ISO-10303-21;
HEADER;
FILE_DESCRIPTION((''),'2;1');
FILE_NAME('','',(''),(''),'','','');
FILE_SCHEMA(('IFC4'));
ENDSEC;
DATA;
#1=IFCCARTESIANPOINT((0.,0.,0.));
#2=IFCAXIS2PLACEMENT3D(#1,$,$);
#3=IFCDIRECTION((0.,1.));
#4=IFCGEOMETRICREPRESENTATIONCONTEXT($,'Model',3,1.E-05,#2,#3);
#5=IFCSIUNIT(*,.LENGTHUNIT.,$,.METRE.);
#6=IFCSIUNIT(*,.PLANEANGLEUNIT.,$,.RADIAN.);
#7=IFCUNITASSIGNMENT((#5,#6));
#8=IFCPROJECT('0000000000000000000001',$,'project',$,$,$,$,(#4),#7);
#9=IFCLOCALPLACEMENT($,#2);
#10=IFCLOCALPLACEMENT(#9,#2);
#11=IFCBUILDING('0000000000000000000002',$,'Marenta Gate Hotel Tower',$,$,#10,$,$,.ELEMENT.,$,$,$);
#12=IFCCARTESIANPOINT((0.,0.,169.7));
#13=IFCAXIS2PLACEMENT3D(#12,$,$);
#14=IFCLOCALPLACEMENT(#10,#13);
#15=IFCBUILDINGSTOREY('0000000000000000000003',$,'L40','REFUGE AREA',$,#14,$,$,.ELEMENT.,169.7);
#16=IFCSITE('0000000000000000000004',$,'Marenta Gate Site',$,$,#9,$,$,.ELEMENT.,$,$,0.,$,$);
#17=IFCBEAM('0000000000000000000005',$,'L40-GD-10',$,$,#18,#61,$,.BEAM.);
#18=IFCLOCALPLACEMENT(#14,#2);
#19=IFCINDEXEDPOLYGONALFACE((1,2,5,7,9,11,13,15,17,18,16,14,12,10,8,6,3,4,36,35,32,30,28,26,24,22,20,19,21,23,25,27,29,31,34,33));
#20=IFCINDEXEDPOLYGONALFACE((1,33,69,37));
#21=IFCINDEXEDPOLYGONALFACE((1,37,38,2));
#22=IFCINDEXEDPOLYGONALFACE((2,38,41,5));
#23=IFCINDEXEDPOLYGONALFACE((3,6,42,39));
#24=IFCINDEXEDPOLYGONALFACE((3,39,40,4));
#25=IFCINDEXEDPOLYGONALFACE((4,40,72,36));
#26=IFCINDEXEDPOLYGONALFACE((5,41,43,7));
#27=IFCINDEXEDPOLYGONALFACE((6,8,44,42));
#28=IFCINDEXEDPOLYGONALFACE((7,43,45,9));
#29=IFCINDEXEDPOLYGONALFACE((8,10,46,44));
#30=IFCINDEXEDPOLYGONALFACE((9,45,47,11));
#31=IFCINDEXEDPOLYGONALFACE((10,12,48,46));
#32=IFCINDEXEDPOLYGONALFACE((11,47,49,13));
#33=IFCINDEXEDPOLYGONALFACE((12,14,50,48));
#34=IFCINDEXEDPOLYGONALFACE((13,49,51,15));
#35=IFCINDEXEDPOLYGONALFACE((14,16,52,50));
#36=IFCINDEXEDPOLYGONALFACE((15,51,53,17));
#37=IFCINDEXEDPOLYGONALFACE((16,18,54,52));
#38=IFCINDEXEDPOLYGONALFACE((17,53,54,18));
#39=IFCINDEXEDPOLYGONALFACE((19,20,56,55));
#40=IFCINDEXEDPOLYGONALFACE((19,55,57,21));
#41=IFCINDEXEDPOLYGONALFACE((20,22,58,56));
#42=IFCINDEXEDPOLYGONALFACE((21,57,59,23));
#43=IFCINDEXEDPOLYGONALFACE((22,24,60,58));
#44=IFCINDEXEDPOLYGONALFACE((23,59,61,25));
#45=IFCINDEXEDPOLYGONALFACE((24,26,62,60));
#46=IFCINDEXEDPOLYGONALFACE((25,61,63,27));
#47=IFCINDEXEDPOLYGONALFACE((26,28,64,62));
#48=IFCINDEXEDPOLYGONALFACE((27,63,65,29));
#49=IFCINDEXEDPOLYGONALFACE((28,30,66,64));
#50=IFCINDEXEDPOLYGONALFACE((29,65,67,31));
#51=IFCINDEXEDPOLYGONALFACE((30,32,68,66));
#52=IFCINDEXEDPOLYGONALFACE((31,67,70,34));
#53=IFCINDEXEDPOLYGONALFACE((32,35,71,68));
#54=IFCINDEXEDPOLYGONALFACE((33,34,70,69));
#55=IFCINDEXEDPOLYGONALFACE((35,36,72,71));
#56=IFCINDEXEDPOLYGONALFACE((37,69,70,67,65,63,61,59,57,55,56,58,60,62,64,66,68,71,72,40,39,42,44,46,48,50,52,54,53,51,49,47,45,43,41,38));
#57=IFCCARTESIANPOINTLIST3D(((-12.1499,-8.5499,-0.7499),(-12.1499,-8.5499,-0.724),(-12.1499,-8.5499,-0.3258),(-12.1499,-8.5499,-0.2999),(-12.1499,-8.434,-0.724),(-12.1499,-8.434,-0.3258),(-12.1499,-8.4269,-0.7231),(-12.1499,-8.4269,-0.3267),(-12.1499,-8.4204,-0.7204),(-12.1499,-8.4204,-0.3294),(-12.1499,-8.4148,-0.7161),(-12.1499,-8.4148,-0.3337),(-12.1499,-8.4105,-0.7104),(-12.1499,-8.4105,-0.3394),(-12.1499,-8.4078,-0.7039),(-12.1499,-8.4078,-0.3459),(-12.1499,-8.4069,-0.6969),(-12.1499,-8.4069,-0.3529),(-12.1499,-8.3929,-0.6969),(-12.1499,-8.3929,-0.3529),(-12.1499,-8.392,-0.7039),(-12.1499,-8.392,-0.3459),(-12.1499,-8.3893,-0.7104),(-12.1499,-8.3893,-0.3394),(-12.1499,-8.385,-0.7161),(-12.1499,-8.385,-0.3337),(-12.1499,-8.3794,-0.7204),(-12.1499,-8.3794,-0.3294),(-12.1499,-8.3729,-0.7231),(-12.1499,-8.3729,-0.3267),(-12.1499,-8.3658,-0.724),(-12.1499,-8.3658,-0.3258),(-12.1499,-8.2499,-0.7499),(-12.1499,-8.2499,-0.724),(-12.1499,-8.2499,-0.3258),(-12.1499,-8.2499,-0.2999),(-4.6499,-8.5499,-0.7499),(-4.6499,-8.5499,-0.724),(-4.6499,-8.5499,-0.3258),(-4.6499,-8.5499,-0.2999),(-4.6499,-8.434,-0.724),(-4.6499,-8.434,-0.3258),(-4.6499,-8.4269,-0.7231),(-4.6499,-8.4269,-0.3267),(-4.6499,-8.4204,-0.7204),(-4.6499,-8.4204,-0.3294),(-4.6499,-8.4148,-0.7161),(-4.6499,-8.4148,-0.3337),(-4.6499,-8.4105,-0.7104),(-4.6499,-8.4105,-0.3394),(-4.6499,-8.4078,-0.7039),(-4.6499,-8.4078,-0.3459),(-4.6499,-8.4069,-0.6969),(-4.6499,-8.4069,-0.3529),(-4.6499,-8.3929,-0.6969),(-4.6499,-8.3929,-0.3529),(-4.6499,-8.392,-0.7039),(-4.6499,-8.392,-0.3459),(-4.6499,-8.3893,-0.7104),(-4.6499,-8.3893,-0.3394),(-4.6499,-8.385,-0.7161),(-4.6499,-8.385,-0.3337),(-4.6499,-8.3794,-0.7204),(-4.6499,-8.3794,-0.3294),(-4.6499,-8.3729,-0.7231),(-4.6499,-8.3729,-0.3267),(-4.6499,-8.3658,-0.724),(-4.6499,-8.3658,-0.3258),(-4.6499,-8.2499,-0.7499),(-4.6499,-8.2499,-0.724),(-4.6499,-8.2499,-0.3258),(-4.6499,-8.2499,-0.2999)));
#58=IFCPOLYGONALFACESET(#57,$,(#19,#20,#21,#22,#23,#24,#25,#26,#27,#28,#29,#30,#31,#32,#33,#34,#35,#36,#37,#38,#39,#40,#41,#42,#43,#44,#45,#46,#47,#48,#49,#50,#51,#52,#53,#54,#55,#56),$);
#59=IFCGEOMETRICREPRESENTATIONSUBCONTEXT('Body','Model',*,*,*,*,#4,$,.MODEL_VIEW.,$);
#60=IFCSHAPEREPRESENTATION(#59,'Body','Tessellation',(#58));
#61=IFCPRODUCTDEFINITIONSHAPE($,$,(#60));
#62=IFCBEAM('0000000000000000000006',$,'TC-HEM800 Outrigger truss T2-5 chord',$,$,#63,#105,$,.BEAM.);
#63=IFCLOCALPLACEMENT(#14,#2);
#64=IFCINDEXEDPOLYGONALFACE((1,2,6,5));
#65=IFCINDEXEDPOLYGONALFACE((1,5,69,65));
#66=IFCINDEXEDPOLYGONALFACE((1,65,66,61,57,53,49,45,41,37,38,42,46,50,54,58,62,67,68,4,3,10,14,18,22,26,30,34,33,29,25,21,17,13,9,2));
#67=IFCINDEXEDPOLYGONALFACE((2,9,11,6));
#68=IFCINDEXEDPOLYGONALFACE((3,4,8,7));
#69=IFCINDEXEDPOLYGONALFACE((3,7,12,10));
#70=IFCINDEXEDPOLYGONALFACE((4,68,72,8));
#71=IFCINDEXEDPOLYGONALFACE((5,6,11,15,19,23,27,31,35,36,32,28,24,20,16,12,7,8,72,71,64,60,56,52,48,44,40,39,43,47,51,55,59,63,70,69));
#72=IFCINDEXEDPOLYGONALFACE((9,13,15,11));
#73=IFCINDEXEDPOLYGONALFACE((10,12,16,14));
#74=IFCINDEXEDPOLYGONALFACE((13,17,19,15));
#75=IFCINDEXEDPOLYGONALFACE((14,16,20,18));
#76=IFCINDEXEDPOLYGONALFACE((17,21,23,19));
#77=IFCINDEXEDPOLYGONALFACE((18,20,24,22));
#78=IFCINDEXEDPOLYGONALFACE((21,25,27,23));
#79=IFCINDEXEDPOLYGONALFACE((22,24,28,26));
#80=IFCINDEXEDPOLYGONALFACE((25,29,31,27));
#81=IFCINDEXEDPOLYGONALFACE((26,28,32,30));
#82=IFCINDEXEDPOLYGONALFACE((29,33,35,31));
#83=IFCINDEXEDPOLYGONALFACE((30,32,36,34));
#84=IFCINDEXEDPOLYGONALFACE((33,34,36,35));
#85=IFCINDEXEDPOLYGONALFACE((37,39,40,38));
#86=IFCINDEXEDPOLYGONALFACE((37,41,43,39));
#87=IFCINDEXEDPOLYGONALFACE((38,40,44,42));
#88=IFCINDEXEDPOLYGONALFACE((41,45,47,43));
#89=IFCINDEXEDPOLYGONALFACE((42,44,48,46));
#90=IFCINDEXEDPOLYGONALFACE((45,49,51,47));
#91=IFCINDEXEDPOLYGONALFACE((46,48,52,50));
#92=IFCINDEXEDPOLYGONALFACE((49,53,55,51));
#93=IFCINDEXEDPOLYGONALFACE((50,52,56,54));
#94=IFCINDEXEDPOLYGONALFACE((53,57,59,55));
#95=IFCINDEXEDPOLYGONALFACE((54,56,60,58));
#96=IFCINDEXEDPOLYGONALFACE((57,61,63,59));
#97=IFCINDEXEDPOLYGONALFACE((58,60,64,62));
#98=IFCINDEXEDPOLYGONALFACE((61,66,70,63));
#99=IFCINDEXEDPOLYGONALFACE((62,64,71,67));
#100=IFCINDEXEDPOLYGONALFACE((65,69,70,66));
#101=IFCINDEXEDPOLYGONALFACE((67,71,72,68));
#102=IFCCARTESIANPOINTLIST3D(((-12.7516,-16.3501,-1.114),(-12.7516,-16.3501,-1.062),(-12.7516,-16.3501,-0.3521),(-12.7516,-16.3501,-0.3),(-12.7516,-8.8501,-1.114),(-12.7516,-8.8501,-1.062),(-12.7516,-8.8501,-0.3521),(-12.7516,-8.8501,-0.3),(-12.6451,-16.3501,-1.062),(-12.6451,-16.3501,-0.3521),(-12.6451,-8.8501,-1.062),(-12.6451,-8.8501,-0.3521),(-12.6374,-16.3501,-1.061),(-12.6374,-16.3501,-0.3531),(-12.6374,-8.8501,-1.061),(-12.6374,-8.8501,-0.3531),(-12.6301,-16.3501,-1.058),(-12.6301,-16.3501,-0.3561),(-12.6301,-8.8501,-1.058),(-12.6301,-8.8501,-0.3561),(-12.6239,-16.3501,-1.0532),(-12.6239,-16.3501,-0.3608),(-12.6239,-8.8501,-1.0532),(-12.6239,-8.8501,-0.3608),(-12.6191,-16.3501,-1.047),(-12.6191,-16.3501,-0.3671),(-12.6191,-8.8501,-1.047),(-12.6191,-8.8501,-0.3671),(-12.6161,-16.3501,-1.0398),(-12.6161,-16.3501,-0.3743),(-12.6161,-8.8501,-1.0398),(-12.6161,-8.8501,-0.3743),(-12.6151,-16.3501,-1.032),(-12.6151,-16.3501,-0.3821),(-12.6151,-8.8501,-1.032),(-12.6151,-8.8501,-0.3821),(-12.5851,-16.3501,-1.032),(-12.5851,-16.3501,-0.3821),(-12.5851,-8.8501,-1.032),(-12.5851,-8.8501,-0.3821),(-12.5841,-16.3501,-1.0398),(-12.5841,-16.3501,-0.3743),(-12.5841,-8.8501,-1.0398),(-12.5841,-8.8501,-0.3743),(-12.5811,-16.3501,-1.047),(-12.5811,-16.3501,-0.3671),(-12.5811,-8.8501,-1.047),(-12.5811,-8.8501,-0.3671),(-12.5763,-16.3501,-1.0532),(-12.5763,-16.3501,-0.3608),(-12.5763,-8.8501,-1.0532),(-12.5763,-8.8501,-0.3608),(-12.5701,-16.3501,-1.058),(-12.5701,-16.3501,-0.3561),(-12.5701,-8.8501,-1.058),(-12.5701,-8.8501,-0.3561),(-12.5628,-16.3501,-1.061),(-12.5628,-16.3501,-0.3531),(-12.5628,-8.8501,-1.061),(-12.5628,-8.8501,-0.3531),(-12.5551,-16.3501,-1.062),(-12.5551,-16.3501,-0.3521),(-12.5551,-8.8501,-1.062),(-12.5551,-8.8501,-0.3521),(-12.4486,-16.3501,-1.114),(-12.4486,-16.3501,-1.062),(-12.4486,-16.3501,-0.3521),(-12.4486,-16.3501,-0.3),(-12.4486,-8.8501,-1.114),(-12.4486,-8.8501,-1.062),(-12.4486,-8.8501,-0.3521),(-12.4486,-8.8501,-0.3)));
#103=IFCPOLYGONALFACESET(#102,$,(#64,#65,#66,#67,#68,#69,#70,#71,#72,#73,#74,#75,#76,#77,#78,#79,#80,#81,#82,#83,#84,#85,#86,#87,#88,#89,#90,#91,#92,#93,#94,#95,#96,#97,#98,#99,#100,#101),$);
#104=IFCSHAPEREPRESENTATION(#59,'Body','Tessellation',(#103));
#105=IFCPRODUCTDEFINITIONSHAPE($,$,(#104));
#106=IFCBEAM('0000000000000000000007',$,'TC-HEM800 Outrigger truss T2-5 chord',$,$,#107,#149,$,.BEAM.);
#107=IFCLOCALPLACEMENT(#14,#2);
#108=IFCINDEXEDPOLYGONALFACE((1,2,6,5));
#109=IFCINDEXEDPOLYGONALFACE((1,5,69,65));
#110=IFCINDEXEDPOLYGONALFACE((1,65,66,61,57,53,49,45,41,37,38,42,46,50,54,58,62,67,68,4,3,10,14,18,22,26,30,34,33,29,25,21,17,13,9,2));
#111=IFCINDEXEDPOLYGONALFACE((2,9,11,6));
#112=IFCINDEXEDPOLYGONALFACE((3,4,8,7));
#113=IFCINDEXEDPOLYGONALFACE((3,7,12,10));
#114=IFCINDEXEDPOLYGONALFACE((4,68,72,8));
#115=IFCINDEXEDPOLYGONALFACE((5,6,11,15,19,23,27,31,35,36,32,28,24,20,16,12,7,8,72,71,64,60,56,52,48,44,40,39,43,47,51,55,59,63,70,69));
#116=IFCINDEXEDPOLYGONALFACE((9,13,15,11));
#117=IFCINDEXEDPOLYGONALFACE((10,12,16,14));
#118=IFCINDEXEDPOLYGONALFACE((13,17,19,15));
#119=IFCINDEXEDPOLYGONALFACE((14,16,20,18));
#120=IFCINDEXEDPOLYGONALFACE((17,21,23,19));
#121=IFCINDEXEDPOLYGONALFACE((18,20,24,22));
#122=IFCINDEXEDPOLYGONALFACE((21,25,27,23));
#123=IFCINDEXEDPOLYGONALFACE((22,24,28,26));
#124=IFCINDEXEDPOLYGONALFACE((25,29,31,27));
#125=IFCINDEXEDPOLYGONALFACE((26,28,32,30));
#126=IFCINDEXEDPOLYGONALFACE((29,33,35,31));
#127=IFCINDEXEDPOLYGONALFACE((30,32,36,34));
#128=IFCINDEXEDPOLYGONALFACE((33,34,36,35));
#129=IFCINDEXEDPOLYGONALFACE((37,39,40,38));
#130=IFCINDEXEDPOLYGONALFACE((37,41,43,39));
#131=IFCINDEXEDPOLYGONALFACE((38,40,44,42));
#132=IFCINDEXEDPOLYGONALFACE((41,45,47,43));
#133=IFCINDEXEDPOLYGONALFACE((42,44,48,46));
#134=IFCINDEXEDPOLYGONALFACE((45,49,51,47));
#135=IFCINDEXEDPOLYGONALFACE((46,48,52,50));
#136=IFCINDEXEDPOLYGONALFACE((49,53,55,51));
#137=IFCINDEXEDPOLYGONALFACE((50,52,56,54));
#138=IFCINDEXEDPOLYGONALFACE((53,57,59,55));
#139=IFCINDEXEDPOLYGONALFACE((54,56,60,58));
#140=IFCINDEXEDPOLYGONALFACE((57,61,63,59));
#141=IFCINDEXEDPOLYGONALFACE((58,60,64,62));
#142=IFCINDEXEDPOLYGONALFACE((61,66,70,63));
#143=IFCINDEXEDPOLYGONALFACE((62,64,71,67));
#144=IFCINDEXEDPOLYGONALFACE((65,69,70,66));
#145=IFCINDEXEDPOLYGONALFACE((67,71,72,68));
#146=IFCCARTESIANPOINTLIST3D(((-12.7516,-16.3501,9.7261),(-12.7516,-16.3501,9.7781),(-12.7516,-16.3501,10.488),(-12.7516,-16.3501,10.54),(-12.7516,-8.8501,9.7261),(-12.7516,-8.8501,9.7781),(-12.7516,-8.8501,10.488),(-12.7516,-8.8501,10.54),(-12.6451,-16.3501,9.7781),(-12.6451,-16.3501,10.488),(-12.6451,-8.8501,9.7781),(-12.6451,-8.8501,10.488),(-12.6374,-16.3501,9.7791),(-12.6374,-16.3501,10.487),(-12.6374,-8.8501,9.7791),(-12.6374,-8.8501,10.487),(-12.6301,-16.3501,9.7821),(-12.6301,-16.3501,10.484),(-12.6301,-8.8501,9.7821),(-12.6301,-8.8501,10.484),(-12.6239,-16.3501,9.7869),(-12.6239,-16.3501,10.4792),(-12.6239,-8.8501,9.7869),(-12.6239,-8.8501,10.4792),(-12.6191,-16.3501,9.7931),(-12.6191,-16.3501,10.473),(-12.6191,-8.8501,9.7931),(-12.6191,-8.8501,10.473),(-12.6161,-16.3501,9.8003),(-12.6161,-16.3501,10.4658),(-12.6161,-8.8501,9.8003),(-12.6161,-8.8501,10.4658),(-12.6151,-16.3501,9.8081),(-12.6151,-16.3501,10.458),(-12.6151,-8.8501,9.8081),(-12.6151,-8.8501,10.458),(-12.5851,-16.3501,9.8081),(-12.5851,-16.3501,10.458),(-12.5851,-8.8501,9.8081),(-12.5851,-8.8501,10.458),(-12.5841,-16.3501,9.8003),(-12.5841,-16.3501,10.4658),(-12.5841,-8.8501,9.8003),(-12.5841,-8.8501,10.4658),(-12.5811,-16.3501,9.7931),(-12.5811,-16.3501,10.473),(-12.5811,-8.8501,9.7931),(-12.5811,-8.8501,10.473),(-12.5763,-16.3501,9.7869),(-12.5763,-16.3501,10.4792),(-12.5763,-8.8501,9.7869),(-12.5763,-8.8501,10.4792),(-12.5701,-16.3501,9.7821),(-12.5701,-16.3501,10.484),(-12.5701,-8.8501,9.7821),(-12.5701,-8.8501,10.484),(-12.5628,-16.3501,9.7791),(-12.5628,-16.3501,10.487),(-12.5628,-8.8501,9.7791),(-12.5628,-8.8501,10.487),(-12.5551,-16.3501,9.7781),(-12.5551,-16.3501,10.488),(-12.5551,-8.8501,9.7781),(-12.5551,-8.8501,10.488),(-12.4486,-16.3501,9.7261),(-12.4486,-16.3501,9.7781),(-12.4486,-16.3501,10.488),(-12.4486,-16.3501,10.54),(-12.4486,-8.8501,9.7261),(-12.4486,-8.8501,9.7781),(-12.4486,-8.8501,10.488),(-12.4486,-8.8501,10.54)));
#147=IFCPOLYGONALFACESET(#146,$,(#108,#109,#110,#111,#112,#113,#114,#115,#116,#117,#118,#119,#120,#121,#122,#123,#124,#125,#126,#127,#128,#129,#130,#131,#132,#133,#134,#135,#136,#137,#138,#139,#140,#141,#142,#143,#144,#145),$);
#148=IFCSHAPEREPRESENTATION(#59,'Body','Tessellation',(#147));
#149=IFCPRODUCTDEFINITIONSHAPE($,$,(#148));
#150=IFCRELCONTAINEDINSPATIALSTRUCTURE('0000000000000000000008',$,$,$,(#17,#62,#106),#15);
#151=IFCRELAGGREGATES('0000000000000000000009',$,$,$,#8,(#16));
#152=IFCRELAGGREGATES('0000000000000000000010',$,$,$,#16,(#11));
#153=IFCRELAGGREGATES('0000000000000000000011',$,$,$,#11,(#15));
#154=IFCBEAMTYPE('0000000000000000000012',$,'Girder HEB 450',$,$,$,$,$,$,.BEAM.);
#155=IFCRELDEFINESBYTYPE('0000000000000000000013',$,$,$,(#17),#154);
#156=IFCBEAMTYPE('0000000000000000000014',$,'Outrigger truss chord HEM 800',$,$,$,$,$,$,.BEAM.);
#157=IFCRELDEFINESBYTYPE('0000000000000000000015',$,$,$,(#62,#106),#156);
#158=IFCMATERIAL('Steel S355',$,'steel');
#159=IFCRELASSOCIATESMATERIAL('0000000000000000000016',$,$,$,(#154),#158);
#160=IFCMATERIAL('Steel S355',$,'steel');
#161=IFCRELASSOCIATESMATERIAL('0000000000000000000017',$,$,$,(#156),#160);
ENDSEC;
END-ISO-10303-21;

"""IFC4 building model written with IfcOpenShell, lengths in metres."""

from ifc_helpers import new_model, si_unit, direction, frame, origin, origin_2d, place, context, subcontext, project, spatial, i_section, extrude, material, material_profile, profile_set, type_object, element, save


model = new_model("IFC4")

# Units and contexts
model_context = context("Model", 3, precision=1e-05, world=origin(), true_north=direction((0.0, 1.0)))
body_context = subcontext(model_context, "Body", "Model", "MODEL_VIEW")
ifc_project = project(units=[si_unit("LENGTHUNIT", "METRE"), si_unit("PLANEANGLEUNIT", "RADIAN")], contexts=[model_context])

# Site, building, storey
site_placement = place(None, origin())
site = spatial("IfcSite", under=ifc_project, at=site_placement, Name="Marenta Gate Site", CompositionType="ELEMENT", RefElevation=0.0)
building_placement = place(site_placement, origin())
building = spatial("IfcBuilding", under=site, at=building_placement, Name="Marenta Gate Hotel Tower", CompositionType="ELEMENT")
storey_placement = place(building_placement, frame((0.0, 0.0, 169.7)))
storey = spatial("IfcBuildingStorey", under=building, at=storey_placement, Name="L40", Description="REFUGE AREA", CompositionType="ELEMENT", Elevation=169.7)

# Beams
ifc_material_1 = material(Name="Steel S355", Category="steel")
ifc_material_profile_1 = material_profile(ifc_material_1, i_section(OverallWidth=0.3, OverallDepth=0.45, WebThickness=0.0139, FlangeThickness=0.0259, FilletRadius=0.0271, at=origin_2d()), Name="HEB 450")
ifc_profile_set_1 = profile_set([ifc_material_profile_1], Name="Steel S355")
beam_type_1 = type_object("IfcBeamType", Name="Girder HEB 450", PredefinedType="BEAM", material=ifc_profile_set_1)
for number, where, z_axis, x_axis, name in (
    (1, (-12.1499, -8.3999, -0.5249), (1.0, 0.0, 0.0), (0.0, 1.0, 0.0), "L40-GD-10"),
):
    element("IfcBeam", number, at=place(storey_placement, frame(where, z_axis=z_axis, x_axis=x_axis)), inside=storey, type_object=beam_type_1, Name=name, PredefinedType="BEAM", context=body_context, shape_type="SweptSolid", body=[
        extrude(i_section(OverallWidth=0.3, OverallDepth=0.45, WebThickness=0.0139, FlangeThickness=0.0259, FilletRadius=0.0271, at=origin_2d()), origin(), (0.0, 0.0, 1.0), 7.5),
    ])
ifc_material_2 = material(Name="Steel S355", Category="steel")
ifc_material_profile_2 = material_profile(ifc_material_2, i_section(OverallWidth=0.303, OverallDepth=0.814, WebThickness=0.03, FlangeThickness=0.052, FilletRadius=0.03, at=origin_2d()), Name="HEM 800")
ifc_profile_set_2 = profile_set([ifc_material_profile_2], Name="Steel S355")
beam_type_2 = type_object("IfcBeamType", Name="Outrigger truss chord HEM 800", PredefinedType="BEAM", material=ifc_profile_set_2)
for number, where, z_axis, x_axis, name in (
    (2, (-12.6001, -8.8501, -0.707), (0.0, -1.0, 0.0), (1.0, 0.0, 0.0), "TC-HEM800 Outrigger truss T2-5 chord"),
    (3, (-12.6001, -8.8501, 10.1331), (0.0, -1.0, 0.0), (1.0, 0.0, 0.0), "TC-HEM800 Outrigger truss T2-5 chord"),
):
    element("IfcBeam", number, at=place(storey_placement, frame(where, z_axis=z_axis, x_axis=x_axis)), inside=storey, type_object=beam_type_2, Name=name, PredefinedType="BEAM", context=body_context, shape_type="SweptSolid", body=[
        extrude(i_section(OverallWidth=0.303, OverallDepth=0.814, WebThickness=0.03, FlangeThickness=0.052, FilletRadius=0.03, at=origin_2d()), origin(), (0.0, 0.0, 1.0), 7.5),
    ])

save(model, "model.ifc")
